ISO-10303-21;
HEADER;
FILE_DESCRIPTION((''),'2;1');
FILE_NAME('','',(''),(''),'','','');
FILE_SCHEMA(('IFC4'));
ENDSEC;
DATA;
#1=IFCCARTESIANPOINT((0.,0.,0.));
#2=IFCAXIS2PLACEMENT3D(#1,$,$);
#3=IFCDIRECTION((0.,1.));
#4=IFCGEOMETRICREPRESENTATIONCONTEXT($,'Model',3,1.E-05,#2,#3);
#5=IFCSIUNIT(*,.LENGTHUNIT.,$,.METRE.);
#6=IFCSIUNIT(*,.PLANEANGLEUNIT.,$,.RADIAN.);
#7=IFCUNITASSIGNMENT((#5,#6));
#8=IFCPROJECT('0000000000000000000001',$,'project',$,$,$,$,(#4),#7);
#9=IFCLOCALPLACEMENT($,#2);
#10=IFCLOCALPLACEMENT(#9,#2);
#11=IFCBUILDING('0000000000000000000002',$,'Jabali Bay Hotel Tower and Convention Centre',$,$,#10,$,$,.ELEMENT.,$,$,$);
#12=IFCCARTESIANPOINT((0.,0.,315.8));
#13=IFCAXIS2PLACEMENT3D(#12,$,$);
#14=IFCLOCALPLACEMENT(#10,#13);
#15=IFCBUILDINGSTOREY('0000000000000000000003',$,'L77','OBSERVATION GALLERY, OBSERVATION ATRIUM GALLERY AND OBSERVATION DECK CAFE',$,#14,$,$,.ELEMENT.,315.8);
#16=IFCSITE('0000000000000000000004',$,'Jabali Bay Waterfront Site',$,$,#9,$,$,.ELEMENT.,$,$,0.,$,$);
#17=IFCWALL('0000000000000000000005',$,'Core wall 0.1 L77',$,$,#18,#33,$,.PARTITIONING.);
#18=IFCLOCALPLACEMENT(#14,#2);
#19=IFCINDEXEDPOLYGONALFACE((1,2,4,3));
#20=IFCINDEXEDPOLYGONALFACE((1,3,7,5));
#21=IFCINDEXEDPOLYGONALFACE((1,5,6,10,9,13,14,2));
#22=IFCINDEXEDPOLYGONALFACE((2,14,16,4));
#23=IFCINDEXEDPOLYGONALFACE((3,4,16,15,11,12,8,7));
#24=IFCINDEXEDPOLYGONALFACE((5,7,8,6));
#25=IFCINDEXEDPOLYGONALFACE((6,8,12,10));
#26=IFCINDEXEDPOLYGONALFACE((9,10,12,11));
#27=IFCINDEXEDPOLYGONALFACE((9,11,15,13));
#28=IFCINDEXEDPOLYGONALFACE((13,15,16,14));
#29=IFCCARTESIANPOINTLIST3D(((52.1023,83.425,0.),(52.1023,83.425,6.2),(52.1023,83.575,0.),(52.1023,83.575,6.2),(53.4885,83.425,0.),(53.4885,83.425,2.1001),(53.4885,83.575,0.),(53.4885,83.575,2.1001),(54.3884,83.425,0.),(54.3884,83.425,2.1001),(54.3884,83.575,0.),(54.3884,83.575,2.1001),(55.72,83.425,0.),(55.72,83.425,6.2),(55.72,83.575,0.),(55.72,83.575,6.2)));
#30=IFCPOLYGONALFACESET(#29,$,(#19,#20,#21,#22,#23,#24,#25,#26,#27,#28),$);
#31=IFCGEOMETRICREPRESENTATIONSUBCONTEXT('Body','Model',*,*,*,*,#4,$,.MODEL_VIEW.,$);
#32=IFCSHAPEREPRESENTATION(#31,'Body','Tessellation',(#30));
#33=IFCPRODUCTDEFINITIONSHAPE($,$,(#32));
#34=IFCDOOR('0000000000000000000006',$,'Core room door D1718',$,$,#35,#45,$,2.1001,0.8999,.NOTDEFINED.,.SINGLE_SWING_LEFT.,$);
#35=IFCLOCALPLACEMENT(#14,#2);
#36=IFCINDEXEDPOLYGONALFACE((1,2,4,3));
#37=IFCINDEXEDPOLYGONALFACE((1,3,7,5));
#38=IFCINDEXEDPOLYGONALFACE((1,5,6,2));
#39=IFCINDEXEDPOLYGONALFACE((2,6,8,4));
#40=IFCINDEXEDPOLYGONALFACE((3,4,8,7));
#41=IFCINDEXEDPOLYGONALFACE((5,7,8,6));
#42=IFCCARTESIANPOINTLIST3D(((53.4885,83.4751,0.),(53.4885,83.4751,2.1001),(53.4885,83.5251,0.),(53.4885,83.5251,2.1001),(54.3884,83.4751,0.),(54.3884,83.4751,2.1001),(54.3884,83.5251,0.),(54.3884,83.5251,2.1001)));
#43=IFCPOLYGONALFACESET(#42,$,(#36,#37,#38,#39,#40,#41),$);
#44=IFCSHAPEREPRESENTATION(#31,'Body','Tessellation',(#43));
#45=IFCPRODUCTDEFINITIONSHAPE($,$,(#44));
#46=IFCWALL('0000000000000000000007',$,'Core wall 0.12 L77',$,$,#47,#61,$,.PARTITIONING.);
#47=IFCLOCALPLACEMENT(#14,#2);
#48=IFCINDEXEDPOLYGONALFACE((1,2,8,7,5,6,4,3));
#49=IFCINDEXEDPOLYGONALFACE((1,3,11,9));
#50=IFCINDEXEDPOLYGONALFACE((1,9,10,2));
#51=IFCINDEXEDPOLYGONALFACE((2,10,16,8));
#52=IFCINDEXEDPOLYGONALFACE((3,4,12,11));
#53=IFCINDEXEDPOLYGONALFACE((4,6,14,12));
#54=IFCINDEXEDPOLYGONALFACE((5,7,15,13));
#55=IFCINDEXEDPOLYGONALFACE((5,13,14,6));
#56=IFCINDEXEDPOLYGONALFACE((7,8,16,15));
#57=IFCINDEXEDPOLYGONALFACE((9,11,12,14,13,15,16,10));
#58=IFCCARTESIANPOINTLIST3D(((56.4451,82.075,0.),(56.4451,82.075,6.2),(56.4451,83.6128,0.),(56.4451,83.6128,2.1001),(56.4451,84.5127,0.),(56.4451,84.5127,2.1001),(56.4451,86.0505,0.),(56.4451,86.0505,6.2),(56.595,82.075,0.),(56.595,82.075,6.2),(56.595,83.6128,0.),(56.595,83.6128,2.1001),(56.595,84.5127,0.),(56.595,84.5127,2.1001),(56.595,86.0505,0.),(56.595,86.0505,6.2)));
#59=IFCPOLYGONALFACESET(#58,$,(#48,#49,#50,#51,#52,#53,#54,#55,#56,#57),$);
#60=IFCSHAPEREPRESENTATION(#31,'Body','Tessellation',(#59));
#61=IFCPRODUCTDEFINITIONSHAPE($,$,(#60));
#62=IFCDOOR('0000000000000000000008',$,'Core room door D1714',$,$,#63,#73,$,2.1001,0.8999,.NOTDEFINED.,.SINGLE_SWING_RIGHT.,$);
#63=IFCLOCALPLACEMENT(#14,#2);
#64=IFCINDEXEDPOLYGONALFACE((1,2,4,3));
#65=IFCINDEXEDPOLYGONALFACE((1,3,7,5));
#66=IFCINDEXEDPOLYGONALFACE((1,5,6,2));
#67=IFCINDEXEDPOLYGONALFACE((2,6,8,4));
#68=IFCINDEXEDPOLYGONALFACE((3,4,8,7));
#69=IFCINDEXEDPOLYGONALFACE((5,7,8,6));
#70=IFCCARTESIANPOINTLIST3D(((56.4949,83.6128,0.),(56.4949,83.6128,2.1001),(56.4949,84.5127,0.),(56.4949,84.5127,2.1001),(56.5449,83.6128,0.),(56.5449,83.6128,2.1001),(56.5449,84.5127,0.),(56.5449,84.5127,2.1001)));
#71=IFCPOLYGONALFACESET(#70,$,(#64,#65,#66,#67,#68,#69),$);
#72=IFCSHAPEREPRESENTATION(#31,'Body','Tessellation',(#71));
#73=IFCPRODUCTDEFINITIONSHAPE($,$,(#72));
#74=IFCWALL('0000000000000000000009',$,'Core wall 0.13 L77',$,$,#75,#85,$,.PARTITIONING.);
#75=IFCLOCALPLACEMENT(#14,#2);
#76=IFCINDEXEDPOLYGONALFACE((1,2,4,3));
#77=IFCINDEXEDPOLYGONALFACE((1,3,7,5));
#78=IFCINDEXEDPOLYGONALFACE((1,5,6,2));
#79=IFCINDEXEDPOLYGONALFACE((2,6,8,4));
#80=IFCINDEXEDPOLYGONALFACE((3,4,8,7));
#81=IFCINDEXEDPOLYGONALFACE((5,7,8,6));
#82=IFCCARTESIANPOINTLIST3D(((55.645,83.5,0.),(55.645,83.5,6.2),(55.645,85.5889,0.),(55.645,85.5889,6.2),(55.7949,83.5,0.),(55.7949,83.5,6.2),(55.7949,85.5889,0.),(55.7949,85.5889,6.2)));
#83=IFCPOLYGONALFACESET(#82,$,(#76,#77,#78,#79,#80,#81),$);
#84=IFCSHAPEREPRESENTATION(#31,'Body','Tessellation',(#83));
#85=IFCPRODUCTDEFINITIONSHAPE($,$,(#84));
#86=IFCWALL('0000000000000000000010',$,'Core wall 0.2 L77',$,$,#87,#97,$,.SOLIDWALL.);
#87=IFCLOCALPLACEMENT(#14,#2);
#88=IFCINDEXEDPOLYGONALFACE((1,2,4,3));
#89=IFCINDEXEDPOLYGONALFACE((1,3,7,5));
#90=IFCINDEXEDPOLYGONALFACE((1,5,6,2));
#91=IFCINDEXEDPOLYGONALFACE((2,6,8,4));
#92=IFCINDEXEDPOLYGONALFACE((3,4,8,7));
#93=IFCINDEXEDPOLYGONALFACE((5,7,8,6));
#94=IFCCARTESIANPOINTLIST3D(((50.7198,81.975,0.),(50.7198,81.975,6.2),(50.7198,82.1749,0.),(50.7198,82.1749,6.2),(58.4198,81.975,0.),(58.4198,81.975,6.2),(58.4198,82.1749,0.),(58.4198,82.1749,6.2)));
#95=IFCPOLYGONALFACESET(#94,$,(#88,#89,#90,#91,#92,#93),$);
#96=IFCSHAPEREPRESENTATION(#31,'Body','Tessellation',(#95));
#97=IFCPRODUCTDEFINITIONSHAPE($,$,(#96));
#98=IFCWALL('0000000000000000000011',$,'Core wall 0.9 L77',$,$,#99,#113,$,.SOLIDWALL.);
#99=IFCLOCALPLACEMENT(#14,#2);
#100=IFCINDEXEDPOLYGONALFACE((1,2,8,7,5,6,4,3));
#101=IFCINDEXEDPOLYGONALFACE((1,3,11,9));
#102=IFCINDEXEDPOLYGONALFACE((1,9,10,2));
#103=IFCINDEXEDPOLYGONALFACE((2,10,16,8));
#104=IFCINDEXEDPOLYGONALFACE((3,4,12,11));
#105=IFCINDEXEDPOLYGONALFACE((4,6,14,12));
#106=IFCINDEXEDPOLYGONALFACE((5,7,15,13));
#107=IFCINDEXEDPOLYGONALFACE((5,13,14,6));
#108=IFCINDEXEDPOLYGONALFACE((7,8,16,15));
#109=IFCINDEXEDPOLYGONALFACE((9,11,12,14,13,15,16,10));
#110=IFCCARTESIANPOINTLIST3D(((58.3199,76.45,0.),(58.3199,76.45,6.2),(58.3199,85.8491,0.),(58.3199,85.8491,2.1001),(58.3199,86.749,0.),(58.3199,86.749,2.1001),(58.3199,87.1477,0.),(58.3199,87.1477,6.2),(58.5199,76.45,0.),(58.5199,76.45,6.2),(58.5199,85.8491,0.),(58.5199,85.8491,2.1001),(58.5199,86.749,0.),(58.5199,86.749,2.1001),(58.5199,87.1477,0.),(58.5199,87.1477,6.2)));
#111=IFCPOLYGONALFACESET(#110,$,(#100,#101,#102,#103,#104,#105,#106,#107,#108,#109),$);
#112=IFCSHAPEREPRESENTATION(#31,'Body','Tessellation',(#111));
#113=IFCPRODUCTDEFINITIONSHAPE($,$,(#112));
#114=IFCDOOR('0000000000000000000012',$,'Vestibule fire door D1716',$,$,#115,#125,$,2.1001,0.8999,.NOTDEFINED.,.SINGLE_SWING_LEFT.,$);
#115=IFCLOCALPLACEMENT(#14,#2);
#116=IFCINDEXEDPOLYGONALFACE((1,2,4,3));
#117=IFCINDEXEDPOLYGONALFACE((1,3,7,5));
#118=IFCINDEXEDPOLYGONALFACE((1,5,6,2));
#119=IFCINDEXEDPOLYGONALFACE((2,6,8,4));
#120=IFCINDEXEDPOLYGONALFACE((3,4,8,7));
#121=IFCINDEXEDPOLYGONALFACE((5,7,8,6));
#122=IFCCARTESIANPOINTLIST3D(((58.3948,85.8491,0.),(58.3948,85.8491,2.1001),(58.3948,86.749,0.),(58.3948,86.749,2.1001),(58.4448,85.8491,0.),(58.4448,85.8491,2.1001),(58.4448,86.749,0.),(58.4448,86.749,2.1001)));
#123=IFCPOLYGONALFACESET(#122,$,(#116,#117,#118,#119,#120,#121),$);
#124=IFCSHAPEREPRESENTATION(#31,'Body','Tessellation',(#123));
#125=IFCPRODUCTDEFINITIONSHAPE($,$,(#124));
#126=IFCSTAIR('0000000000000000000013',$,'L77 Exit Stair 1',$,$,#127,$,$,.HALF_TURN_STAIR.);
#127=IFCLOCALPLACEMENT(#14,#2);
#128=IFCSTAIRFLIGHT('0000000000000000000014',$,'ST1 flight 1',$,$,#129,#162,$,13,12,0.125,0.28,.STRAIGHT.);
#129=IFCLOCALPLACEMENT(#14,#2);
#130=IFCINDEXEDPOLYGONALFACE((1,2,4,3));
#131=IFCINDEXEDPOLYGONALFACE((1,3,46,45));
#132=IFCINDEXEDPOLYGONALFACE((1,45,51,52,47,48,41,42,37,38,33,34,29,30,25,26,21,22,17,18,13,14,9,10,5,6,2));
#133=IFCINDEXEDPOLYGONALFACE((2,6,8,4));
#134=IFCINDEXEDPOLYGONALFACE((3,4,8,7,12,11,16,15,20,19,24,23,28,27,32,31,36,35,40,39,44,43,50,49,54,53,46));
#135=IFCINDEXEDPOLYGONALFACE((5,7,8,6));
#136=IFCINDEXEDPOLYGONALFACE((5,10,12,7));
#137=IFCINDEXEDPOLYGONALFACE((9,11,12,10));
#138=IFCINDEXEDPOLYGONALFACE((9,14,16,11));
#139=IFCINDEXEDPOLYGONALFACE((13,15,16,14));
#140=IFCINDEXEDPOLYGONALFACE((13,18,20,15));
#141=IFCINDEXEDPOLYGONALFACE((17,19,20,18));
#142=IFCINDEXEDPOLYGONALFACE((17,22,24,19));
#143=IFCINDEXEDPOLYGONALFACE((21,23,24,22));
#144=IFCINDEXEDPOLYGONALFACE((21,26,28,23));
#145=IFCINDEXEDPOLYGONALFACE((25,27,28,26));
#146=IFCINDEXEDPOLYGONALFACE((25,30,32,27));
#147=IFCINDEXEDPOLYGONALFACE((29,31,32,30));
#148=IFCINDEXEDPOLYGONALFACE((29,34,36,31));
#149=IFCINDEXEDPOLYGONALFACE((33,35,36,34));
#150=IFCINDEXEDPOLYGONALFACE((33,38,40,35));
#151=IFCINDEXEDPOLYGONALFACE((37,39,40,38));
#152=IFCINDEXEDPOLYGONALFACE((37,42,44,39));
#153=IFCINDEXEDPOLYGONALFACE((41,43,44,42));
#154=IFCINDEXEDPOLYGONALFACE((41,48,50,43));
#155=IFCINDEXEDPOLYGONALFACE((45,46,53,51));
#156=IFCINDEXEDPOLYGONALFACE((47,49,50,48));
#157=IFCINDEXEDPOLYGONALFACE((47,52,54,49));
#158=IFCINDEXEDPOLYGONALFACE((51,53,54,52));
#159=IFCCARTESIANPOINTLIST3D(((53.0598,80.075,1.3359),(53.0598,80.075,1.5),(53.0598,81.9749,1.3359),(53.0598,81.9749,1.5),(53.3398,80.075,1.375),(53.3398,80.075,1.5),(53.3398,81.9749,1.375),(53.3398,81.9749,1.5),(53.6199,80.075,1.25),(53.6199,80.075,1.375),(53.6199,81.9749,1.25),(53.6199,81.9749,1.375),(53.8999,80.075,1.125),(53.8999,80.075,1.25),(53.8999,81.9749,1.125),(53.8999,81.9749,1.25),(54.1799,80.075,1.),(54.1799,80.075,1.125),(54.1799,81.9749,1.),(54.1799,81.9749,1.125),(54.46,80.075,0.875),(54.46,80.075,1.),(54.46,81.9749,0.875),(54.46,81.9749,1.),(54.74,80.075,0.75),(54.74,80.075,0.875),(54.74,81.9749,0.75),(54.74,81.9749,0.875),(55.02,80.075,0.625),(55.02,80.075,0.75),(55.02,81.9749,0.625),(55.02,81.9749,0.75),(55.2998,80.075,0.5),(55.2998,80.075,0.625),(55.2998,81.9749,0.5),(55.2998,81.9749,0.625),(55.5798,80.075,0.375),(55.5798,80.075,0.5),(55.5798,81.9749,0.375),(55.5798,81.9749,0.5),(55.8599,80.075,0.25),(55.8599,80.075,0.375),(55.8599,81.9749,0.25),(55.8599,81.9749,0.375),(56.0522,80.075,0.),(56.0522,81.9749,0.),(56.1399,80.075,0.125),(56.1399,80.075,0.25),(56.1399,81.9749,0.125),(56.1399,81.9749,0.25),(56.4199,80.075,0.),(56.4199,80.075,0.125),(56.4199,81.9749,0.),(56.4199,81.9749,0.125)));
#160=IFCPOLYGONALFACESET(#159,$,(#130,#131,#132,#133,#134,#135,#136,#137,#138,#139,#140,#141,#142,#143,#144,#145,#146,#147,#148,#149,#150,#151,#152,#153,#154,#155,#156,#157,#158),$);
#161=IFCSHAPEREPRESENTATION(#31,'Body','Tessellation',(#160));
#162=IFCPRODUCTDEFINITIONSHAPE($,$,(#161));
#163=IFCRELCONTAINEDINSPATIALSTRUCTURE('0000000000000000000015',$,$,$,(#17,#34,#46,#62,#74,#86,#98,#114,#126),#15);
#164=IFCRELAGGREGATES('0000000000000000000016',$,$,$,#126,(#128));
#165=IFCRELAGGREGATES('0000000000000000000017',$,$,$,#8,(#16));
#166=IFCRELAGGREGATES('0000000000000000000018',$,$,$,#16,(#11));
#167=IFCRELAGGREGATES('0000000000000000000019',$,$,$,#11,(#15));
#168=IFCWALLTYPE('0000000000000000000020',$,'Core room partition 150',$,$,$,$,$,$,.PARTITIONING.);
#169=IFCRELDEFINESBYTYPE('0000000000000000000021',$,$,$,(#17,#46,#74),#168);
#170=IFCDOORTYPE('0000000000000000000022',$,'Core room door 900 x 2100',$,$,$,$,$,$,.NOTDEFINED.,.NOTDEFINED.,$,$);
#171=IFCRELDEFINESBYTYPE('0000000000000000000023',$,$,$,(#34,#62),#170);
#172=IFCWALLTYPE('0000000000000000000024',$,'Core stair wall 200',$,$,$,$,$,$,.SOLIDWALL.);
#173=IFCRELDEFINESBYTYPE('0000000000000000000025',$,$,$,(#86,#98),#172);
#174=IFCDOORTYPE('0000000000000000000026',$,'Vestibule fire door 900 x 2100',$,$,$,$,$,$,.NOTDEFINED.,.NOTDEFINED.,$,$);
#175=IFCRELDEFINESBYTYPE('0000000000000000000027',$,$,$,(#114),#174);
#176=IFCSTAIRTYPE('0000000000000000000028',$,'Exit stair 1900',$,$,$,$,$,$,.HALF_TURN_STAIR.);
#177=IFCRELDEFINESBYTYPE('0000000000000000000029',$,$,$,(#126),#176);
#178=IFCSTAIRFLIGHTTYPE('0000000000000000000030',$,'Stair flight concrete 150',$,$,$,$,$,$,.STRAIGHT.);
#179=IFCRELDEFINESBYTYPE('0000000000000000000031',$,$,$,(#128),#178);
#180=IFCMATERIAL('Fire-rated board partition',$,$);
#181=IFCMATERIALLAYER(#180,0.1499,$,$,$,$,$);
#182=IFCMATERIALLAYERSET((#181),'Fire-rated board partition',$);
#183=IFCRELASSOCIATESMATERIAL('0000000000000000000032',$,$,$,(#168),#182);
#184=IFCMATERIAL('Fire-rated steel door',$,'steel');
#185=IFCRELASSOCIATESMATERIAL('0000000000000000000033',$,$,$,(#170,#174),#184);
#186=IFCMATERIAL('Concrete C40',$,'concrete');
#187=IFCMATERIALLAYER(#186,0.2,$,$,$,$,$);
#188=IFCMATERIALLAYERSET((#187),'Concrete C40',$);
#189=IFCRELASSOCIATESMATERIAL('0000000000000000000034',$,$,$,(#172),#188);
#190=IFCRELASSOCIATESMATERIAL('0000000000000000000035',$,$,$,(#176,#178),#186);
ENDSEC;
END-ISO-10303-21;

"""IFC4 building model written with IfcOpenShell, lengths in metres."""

from ifc_helpers import new_model, si_unit, direction, frame, frame_2d, origin, place, context, subcontext, project, spatial, polyline, rectangle, outline, extrude, material, layer, layer_set, type_object, element, fill, aggregate, save


model = new_model("IFC4")

# Units and contexts
model_context = context("Model", 3, precision=1e-05, world=origin(), true_north=direction((0.0, 1.0)))
body_context = subcontext(model_context, "Body", "Model", "MODEL_VIEW")
ifc_project = project(units=[si_unit("LENGTHUNIT", "METRE"), si_unit("PLANEANGLEUNIT", "RADIAN")], contexts=[model_context])

# Site, building, storey
site_placement = place(None, origin())
site = spatial("IfcSite", under=ifc_project, at=site_placement, Name="Jabali Bay Waterfront Site", CompositionType="ELEMENT", RefElevation=0.0)
building_placement = place(site_placement, origin())
building = spatial("IfcBuilding", under=site, at=building_placement, Name="Jabali Bay Hotel Tower and Convention Centre", CompositionType="ELEMENT")
storey_placement = place(building_placement, frame((0.0, 0.0, 315.8)))
storey = spatial("IfcBuildingStorey", under=building, at=storey_placement, Name="L77", Description="OBSERVATION GALLERY, OBSERVATION ATRIUM GALLERY AND OBSERVATION DECK CAFE", CompositionType="ELEMENT", Elevation=315.8)

# Walls, openings, doors
ifc_material_1 = material(Name="Fire-rated board partition")
ifc_layer_1 = layer(ifc_material_1, 0.1499)
ifc_layer_set_1 = layer_set([ifc_layer_1], Name="Fire-rated board partition")
wall_type_1 = type_object("IfcWallType", Name="Core room partition 150", PredefinedType="PARTITIONING", material=ifc_layer_set_1)
wall_1_placement = place(storey_placement, frame((55.72, 83.5, 0.0), z_axis=(0.0, 0.0, 1.0), x_axis=(-1.0, 0.0, 0.0)))
wall_1 = element("IfcWall", 1, at=wall_1_placement, inside=storey, type_object=wall_type_1, Name="Core wall 0.1 L77", PredefinedType="PARTITIONING", context=body_context, shape_type="SweptSolid", body=[
    extrude(rectangle(XDim=3.6177, YDim=0.1499, at=frame_2d((1.8088, 0.0))), origin(), (0.0, 0.0, 1.0), 6.2),
])
opening_1_placement = place(wall_1_placement, frame((1.3315, 0.0, 0.0)))
opening_1 = element("IfcOpeningElement", 2, at=opening_1_placement, cuts=wall_1, PredefinedType="OPENING", context=body_context, shape_type="SweptSolid", body=[
    extrude(rectangle(XDim=0.8999, YDim=2.1001, at=frame_2d((0.45, 1.05))), frame((0.0, 0.0854, 0.0), z_axis=(0.0, -1.0, 0.0), x_axis=(1.0, 0.0, 0.0)), (0.0, 0.0, 1.0), 0.1709),
])
ifc_material_2 = material(Name="Fire-rated steel door", Category="steel")
door_type_1 = type_object("IfcDoorType", Name="Core room door 900 x 2100", OperationType="NOTDEFINED", PredefinedType="NOTDEFINED", material=ifc_material_2)
door_1_placement = place(opening_1_placement, origin())
door_1 = element("IfcDoor", 3, at=door_1_placement, inside=storey, type_object=door_type_1, Name="Core room door D1718", OperationType="SINGLE_SWING_LEFT", OverallHeight=2.1001, OverallWidth=0.8999, PredefinedType="NOTDEFINED", context=body_context, shape_type="SweptSolid", body=[
    extrude(rectangle(XDim=0.8999, YDim=2.1001, at=frame_2d((0.45, 1.05))), frame((0.0, 0.0249, 0.0), z_axis=(0.0, -1.0, 0.0), x_axis=(1.0, 0.0, 0.0)), (0.0, 0.0, 1.0), 0.05),
])
fill(opening_1, door_1)
wall_2_placement = place(storey_placement, frame((56.52, 86.0505, 0.0), z_axis=(0.0, 0.0, 1.0), x_axis=(0.0, -1.0, 0.0)))
wall_2 = element("IfcWall", 4, at=wall_2_placement, inside=storey, type_object=wall_type_1, Name="Core wall 0.12 L77", PredefinedType="PARTITIONING", context=body_context, shape_type="SweptSolid", body=[
    extrude(rectangle(XDim=3.9756, YDim=0.1499, at=frame_2d((1.9878, 0.0))), origin(), (0.0, 0.0, 1.0), 6.2),
])
opening_2_placement = place(wall_2_placement, frame((1.5378, 0.0, 0.0)))
opening_2 = element("IfcOpeningElement", 5, at=opening_2_placement, cuts=wall_2, PredefinedType="OPENING", context=body_context, shape_type="SweptSolid", body=[
    extrude(rectangle(XDim=0.8999, YDim=2.1001, at=frame_2d((0.45, 1.05))), frame((0.0, 0.0854, 0.0), z_axis=(0.0, -1.0, 0.0), x_axis=(1.0, 0.0, 0.0)), (0.0, 0.0, 1.0), 0.1709),
])
door_2_placement = place(opening_2_placement, origin())
door_2 = element("IfcDoor", 6, at=door_2_placement, inside=storey, type_object=door_type_1, Name="Core room door D1714", OperationType="SINGLE_SWING_RIGHT", OverallHeight=2.1001, OverallWidth=0.8999, PredefinedType="NOTDEFINED", context=body_context, shape_type="SweptSolid", body=[
    extrude(rectangle(XDim=0.8999, YDim=2.1001, at=frame_2d((0.45, 1.05))), frame((0.0, 0.0249, 0.0), z_axis=(0.0, -1.0, 0.0), x_axis=(1.0, 0.0, 0.0)), (0.0, 0.0, 1.0), 0.05),
])
fill(opening_2, door_2)

# Walls
wall_3_placement = place(storey_placement, frame((55.72, 85.5889, 0.0), z_axis=(0.0, 0.0, 1.0), x_axis=(0.0, -1.0, 0.0)))
element("IfcWall", 7, at=wall_3_placement, inside=storey, type_object=wall_type_1, Name="Core wall 0.13 L77", PredefinedType="PARTITIONING", context=body_context, shape_type="SweptSolid", body=[
    extrude(rectangle(XDim=2.0889, YDim=0.1499, at=frame_2d((1.0444, 0.0))), origin(), (0.0, 0.0, 1.0), 6.2),
])
ifc_material_3 = material(Name="Concrete C40", Category="concrete")
ifc_layer_2 = layer(ifc_material_3, 0.2)
ifc_layer_set_2 = layer_set([ifc_layer_2], Name="Concrete C40")
wall_type_2 = type_object("IfcWallType", Name="Core stair wall 200", PredefinedType="SOLIDWALL", material=ifc_layer_set_2)
wall_4_placement = place(storey_placement, frame((58.4199, 82.075, 0.0), z_axis=(0.0, 0.0, 1.0), x_axis=(-1.0, 0.0, 0.0)))
element("IfcWall", 8, at=wall_4_placement, inside=storey, type_object=wall_type_2, Name="Core wall 0.2 L77", PredefinedType="SOLIDWALL", context=body_context, shape_type="SweptSolid", body=[
    extrude(rectangle(XDim=7.7, YDim=0.2, at=frame_2d((3.8501, 0.0))), origin(), (0.0, 0.0, 1.0), 6.2),
])

# Wall, opening, door
wall_5_placement = place(storey_placement, frame((58.4199, 87.1477, 0.0), z_axis=(0.0, 0.0, 1.0), x_axis=(0.0, -1.0, 0.0)))
wall_5 = element("IfcWall", 9, at=wall_5_placement, inside=storey, type_object=wall_type_2, Name="Core wall 0.9 L77", PredefinedType="SOLIDWALL", context=body_context, shape_type="SweptSolid", body=[
    extrude(rectangle(XDim=10.6978, YDim=0.2, at=frame_2d((5.3489, 0.0))), origin(), (0.0, 0.0, 1.0), 6.2),
])
opening_3_placement = place(wall_5_placement, frame((0.3987, 0.0, 0.0)))
opening_3 = element("IfcOpeningElement", 10, at=opening_3_placement, cuts=wall_5, PredefinedType="OPENING", context=body_context, shape_type="SweptSolid", body=[
    extrude(rectangle(XDim=0.8999, YDim=2.1001, at=frame_2d((0.45, 1.05))), frame((0.0, 0.1104, 0.0), z_axis=(0.0, -1.0, 0.0), x_axis=(1.0, 0.0, 0.0)), (0.0, 0.0, 1.0), 0.2209),
])
door_type_2 = type_object("IfcDoorType", Name="Vestibule fire door 900 x 2100", OperationType="NOTDEFINED", PredefinedType="NOTDEFINED", material=ifc_material_2)
door_3_placement = place(opening_3_placement, origin())
door_3 = element("IfcDoor", 11, at=door_3_placement, inside=storey, type_object=door_type_2, Name="Vestibule fire door D1716", OperationType="SINGLE_SWING_LEFT", OverallHeight=2.1001, OverallWidth=0.8999, PredefinedType="NOTDEFINED", context=body_context, shape_type="SweptSolid", body=[
    extrude(rectangle(XDim=0.8999, YDim=2.1001, at=frame_2d((0.45, 1.05))), frame((0.0, 0.0249, 0.0), z_axis=(0.0, -1.0, 0.0), x_axis=(1.0, 0.0, 0.0)), (0.0, 0.0, 1.0), 0.05),
])
fill(opening_3, door_3)

# Stair, stair flight
stair_type = type_object("IfcStairType", Name="Exit stair 1900", PredefinedType="HALF_TURN_STAIR", material=ifc_material_3)
stair_placement = place(storey_placement, origin())
stair = element("IfcStair", 12, at=stair_placement, inside=storey, type_object=stair_type, Name="L77 Exit Stair 1", PredefinedType="HALF_TURN_STAIR")
stair_flight_type = type_object("IfcStairFlightType", Name="Stair flight concrete 150", PredefinedType="STRAIGHT", material=ifc_material_3)
stair_flight_1_placement = place(storey_placement, frame((56.4199, 81.0249, 0.0), z_axis=(0.0, 0.0, 1.0), x_axis=(-1.0, 0.0, 0.0)))
stair_flight_1 = element("IfcStairFlight", 13, at=stair_flight_1_placement, type_object=stair_flight_type, Name="ST1 flight 1", NumberOfRisers=13, NumberOfTreads=12, PredefinedType="STRAIGHT", RiserHeight=0.125, TreadLength=0.28, context=body_context, shape_type="SweptSolid", body=[
    extrude(outline(polyline([(0.0, 0.0), (0.0, 0.125), (0.28, 0.125), (0.28, 0.25), (0.5601, 0.25), (0.5601, 0.375), (0.8401, 0.375), (0.8401, 0.5), (1.1201, 0.5), (1.1201, 0.625), (1.3999, 0.625), (1.3999, 0.75), (1.6799, 0.75), (1.6799, 0.875), (1.96, 0.875), (1.96, 1.0), (2.24, 1.0), (2.24, 1.125), (2.52, 1.125), (2.52, 1.25), (2.8, 1.25), (2.8, 1.375), (3.0801, 1.375), (3.0801, 1.5), (3.3601, 1.5), (3.3601, 1.625), (3.3601, 1.3359), (0.3677, 0.0), (0.0, 0.0)])), frame((0.0, 0.95, 0.0), z_axis=(0.0, -1.0, 0.0), x_axis=(1.0, 0.0, 0.0)), (0.0, 0.0, 1.0), 1.8999),
])
aggregate(stair, [stair_flight_1])

save(model, "model.ifc")
